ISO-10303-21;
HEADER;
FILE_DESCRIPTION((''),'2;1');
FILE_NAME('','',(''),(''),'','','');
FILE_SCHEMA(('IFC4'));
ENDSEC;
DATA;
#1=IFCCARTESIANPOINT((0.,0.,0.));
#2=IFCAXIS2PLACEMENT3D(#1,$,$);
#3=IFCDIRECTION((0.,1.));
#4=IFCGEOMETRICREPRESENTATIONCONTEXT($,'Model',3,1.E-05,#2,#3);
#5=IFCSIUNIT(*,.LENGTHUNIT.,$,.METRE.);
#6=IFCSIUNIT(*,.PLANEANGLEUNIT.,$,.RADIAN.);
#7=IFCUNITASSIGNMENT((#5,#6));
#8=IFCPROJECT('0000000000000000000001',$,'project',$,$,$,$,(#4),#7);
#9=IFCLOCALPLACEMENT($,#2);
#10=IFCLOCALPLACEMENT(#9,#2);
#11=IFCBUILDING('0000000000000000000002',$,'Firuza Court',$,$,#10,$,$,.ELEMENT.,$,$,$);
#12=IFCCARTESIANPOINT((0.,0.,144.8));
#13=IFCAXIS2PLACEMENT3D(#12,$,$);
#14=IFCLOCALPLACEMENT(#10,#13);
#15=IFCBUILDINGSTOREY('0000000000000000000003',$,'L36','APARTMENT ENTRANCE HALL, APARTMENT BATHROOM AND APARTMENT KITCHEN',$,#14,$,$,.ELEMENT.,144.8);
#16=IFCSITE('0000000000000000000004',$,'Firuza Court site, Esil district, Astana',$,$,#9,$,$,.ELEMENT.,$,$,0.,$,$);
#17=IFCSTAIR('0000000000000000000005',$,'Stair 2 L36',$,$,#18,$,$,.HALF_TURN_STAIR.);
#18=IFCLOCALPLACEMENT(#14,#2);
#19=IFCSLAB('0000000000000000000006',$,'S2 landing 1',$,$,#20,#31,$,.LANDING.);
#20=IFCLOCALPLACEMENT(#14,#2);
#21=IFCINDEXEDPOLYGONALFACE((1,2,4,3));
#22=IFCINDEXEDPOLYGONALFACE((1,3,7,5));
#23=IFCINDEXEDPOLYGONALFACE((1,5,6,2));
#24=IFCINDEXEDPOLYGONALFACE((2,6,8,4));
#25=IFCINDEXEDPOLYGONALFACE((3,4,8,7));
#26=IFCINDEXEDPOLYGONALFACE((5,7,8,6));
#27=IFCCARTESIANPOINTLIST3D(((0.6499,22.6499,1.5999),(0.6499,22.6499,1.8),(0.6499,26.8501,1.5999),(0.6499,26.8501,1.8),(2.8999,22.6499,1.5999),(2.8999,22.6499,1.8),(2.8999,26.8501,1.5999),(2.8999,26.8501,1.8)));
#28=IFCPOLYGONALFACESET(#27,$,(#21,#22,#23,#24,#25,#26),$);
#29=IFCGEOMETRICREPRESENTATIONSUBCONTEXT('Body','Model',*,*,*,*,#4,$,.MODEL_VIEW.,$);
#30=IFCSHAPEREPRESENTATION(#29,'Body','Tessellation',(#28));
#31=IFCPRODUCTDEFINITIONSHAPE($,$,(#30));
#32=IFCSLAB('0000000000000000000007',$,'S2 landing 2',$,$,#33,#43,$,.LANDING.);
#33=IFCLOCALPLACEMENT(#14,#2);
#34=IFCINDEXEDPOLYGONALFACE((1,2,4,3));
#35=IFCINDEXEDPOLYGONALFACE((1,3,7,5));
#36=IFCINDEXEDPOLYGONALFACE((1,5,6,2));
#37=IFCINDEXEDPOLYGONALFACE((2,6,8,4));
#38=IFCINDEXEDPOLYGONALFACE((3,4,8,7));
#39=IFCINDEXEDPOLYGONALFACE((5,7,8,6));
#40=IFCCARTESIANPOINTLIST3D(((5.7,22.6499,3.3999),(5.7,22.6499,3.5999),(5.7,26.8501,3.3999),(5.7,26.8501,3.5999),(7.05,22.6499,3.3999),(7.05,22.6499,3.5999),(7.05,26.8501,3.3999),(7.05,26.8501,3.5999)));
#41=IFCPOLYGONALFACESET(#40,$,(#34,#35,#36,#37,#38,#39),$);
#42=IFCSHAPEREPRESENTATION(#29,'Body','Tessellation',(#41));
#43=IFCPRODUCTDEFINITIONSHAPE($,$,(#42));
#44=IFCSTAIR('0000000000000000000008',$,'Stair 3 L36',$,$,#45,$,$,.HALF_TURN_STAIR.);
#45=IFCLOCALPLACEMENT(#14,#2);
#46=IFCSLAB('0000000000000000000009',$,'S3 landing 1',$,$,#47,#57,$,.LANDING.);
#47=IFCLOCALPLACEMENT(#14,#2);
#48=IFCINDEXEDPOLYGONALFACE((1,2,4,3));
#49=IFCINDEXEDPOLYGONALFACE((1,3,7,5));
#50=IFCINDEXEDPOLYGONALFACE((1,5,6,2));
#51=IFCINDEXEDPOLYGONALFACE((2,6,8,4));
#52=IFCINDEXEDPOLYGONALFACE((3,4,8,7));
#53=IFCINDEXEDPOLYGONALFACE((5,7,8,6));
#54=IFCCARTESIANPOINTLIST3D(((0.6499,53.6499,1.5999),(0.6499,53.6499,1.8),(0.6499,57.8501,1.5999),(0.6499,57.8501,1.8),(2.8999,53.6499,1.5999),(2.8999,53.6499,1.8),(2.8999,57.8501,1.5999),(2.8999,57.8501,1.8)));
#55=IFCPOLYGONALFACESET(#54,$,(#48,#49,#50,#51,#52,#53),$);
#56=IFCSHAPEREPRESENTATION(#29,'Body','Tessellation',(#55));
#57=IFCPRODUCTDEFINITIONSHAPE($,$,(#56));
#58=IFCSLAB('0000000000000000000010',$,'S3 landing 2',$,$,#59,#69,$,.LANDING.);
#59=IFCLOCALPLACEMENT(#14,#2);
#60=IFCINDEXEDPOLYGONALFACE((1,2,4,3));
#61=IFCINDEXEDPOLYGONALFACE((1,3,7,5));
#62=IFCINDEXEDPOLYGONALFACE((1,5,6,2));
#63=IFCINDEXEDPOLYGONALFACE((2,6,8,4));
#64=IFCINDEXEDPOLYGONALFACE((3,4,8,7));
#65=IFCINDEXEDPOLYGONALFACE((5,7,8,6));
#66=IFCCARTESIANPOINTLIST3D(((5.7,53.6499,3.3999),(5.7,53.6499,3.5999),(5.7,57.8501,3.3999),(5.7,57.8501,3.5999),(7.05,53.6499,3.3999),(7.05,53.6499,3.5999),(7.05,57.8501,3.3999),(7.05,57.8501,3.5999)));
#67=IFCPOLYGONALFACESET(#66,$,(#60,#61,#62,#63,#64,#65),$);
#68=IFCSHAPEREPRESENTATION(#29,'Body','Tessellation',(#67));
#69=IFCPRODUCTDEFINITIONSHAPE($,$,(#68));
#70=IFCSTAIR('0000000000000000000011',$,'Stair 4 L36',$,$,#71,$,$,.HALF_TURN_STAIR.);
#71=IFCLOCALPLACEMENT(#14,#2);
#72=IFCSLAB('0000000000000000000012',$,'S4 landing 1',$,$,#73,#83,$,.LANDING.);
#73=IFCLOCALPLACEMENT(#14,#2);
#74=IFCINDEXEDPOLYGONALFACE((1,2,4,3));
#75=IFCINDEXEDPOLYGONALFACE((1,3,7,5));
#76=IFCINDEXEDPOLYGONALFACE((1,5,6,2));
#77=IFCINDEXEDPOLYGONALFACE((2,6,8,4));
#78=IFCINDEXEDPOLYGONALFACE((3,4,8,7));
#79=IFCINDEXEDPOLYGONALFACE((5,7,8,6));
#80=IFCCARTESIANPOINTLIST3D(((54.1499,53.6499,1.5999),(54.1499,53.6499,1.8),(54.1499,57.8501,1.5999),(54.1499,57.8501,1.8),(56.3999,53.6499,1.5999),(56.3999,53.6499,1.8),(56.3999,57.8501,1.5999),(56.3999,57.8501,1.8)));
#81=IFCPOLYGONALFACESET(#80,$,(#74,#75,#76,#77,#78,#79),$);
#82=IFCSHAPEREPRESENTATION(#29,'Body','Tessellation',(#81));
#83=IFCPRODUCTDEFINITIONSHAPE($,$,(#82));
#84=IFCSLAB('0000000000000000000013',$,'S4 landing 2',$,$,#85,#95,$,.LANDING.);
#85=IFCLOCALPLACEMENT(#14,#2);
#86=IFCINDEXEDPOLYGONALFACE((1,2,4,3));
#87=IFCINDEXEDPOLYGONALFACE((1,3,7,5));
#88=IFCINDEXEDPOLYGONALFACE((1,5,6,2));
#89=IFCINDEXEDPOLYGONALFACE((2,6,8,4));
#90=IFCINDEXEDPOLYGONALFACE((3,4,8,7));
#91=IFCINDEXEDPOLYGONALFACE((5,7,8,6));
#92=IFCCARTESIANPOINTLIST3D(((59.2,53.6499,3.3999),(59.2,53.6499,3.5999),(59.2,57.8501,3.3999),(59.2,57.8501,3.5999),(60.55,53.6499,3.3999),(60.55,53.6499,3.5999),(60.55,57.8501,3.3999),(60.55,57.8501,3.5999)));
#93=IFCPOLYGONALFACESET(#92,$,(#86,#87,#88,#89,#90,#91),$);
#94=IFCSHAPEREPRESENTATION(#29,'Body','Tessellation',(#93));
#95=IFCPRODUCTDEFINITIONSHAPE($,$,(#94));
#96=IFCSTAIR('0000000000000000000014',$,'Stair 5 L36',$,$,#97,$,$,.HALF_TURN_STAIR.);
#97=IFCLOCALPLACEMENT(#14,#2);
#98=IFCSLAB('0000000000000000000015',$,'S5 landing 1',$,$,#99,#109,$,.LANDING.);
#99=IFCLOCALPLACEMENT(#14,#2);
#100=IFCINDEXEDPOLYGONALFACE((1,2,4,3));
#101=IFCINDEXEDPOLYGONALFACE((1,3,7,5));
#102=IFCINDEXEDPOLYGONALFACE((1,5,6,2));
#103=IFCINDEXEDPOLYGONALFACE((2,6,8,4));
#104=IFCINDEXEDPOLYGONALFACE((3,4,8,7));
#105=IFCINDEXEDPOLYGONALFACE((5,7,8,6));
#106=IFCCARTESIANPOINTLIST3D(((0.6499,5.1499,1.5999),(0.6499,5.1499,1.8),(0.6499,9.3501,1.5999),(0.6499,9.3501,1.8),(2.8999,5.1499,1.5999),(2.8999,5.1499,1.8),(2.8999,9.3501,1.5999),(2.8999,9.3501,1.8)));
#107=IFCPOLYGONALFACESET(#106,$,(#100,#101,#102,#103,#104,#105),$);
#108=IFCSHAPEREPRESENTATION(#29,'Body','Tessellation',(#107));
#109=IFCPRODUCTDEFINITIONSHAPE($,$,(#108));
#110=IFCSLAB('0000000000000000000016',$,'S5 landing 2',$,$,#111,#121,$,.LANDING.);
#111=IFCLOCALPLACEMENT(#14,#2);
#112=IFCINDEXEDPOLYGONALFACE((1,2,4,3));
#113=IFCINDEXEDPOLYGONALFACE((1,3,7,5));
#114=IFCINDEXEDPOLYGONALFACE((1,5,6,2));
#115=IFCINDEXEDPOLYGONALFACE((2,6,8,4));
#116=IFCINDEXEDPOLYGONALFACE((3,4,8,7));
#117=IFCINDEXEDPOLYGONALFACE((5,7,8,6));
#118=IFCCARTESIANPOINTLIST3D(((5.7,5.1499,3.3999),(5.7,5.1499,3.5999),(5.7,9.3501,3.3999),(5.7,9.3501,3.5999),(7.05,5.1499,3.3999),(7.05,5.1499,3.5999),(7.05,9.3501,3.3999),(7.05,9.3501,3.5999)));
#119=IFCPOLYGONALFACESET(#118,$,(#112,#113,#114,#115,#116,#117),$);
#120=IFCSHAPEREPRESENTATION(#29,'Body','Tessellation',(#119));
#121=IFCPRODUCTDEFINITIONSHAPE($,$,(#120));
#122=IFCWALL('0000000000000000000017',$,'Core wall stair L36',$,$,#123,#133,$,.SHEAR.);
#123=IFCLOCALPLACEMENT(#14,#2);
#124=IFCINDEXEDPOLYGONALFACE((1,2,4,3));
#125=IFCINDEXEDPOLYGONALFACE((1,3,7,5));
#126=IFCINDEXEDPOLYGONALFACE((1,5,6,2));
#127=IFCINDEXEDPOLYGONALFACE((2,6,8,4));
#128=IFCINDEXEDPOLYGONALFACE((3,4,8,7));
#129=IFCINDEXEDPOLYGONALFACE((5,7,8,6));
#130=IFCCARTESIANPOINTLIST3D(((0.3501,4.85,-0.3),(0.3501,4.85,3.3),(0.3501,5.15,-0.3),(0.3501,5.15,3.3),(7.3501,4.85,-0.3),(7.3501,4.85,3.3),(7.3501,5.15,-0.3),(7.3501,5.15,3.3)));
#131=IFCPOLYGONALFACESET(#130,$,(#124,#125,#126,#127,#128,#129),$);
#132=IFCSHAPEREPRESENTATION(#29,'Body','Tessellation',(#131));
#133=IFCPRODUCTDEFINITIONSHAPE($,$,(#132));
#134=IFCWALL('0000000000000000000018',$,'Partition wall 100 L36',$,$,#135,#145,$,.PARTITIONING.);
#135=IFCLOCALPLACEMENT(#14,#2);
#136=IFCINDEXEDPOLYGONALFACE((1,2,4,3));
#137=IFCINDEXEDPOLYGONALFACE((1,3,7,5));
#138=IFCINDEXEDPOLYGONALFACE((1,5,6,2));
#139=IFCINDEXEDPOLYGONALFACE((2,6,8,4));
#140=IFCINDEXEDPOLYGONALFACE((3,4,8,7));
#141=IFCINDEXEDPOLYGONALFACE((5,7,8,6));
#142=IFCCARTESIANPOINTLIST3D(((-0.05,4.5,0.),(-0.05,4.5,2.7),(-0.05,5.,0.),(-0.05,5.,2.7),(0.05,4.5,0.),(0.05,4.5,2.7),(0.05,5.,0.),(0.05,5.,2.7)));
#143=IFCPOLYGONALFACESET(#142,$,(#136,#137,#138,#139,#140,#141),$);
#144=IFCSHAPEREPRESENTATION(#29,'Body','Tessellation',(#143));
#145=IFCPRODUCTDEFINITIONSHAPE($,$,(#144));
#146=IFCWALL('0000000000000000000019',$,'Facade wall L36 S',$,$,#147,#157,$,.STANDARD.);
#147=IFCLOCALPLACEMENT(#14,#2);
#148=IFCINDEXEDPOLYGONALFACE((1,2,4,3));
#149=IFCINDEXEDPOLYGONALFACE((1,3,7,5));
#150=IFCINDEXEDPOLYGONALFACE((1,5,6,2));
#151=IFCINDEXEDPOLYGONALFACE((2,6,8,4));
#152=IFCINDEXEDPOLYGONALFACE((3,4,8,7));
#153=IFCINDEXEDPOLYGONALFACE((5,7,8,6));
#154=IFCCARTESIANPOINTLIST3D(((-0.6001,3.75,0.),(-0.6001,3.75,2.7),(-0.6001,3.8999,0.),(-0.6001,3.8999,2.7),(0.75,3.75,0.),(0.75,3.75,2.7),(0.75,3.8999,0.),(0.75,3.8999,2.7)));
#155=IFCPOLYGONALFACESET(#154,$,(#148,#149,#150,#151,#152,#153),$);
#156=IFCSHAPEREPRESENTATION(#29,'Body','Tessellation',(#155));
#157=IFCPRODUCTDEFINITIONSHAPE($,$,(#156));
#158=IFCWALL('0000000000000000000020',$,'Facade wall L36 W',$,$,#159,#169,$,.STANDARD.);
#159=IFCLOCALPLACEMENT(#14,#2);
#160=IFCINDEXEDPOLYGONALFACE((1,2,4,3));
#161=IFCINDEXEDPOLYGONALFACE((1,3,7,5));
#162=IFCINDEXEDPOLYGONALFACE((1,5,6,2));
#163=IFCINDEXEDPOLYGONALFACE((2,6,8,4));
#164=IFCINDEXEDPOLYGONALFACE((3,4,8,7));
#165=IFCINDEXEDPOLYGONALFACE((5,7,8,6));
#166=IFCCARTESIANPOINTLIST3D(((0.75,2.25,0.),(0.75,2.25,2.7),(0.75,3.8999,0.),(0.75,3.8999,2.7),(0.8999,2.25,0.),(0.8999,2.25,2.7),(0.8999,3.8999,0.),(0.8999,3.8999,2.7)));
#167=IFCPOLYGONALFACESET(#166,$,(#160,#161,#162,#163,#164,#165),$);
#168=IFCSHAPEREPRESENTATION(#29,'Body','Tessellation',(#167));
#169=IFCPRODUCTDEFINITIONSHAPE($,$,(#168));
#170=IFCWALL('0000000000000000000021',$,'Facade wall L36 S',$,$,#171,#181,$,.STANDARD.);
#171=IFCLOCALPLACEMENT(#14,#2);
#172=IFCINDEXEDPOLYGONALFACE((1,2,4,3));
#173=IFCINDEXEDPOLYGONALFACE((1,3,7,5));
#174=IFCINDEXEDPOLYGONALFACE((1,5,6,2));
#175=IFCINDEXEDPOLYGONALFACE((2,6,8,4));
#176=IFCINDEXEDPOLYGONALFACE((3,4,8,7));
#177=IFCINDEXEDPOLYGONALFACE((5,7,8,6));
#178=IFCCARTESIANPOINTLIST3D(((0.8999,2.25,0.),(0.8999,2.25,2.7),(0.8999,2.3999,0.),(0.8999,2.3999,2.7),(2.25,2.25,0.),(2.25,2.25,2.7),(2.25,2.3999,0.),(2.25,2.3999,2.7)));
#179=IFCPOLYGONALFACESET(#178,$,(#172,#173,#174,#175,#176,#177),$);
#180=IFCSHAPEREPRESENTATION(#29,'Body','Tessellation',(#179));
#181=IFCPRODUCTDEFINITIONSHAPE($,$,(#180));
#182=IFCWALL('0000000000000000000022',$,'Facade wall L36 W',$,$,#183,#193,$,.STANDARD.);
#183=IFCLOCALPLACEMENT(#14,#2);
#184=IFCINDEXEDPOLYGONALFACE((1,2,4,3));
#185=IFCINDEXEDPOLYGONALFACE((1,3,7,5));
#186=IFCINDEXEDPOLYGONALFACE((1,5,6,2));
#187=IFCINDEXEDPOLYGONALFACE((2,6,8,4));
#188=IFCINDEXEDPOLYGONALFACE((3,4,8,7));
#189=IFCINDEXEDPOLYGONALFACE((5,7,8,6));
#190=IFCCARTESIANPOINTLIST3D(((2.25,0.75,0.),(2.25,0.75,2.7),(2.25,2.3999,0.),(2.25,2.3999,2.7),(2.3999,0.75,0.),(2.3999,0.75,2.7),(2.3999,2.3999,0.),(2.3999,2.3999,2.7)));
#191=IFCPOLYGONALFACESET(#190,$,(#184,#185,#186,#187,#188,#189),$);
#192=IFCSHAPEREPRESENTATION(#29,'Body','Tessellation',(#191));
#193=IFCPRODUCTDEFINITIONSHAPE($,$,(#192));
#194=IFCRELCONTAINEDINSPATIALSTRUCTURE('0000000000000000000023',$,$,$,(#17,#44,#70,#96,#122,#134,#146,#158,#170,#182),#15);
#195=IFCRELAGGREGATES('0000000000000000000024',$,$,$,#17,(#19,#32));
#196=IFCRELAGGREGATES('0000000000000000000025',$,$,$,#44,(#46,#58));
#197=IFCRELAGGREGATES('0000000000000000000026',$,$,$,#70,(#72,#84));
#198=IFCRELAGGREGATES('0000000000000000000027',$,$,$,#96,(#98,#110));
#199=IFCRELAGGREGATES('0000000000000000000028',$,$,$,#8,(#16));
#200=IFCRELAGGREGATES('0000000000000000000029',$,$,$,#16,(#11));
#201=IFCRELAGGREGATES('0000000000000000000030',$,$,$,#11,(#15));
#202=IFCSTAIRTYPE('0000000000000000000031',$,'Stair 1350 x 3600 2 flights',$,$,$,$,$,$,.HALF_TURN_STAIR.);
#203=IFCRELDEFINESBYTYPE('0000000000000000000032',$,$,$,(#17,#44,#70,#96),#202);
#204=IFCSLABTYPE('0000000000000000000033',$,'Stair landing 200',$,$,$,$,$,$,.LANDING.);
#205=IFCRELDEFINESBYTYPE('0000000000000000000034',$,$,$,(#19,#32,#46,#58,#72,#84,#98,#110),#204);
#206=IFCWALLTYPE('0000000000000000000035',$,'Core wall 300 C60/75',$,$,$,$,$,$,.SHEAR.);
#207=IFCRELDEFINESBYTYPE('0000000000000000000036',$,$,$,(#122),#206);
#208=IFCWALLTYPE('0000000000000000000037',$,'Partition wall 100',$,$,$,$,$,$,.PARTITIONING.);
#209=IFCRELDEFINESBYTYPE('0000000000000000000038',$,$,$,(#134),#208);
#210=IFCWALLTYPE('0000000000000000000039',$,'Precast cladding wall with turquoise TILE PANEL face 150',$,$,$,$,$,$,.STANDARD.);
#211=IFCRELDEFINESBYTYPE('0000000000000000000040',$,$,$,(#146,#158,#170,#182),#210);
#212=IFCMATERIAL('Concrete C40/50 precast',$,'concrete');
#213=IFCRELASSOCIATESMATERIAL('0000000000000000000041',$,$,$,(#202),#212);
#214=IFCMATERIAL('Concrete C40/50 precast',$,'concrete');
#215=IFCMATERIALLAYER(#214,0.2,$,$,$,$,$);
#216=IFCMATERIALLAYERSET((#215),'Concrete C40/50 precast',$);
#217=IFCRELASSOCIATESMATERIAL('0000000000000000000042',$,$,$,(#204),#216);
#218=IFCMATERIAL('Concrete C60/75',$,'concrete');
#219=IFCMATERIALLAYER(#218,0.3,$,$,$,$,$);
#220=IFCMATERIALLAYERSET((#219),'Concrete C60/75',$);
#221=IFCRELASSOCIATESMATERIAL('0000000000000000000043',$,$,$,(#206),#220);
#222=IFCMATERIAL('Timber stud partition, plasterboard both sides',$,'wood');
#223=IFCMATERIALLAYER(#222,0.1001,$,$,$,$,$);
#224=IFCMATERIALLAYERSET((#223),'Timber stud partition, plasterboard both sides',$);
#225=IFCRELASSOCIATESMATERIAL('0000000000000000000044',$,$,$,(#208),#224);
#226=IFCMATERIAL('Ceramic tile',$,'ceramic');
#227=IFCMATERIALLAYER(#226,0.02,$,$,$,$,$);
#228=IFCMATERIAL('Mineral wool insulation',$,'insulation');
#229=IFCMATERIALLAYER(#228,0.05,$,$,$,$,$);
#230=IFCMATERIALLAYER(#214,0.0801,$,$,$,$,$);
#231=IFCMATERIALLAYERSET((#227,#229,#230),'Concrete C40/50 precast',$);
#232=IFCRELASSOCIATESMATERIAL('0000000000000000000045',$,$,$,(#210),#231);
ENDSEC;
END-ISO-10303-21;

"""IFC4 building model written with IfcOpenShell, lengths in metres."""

from ifc_helpers import new_model, si_unit, direction, frame, frame_2d, origin, place, context, subcontext, project, spatial, polyline, rectangle, outline, extrude, material, layer, layer_set, type_object, element, aggregate, save


model = new_model("IFC4")

# Units and contexts
model_context = context("Model", 3, precision=1e-05, world=origin(), true_north=direction((0.0, 1.0)))
body_context = subcontext(model_context, "Body", "Model", "MODEL_VIEW")
ifc_project = project(units=[si_unit("LENGTHUNIT", "METRE"), si_unit("PLANEANGLEUNIT", "RADIAN")], contexts=[model_context])

# Site, building, storey
site_placement = place(None, origin())
site = spatial("IfcSite", under=ifc_project, at=site_placement, Name="Firuza Court site, Esil district, Astana", CompositionType="ELEMENT", RefElevation=0.0)
building_placement = place(site_placement, origin())
building = spatial("IfcBuilding", under=site, at=building_placement, Name="Firuza Court", CompositionType="ELEMENT")
storey_placement = place(building_placement, frame((0.0, 0.0, 144.8)))
storey = spatial("IfcBuildingStorey", under=building, at=storey_placement, Name="L36", Description="APARTMENT ENTRANCE HALL, APARTMENT BATHROOM AND APARTMENT KITCHEN", CompositionType="ELEMENT", Elevation=144.8)

# Stairs, slabs
ifc_material_1 = material(Name="Concrete C40/50 precast", Category="concrete")
stair_type = type_object("IfcStairType", Name="Stair 1350 x 3600 2 flights", PredefinedType="HALF_TURN_STAIR", material=ifc_material_1)
ifc_material_2 = material(Name="Concrete C40/50 precast", Category="concrete")
ifc_layer_1 = layer(ifc_material_2, 0.2)
ifc_layer_set_1 = layer_set([ifc_layer_1], Name="Concrete C40/50 precast")
slab_type_1 = type_object("IfcSlabType", Name="Stair landing 200", PredefinedType="LANDING", material=ifc_layer_set_1)
stair_1_placement = place(storey_placement, origin())
stair_1 = element("IfcStair", 1, at=stair_1_placement, inside=storey, type_object=stair_type, Name="Stair 2 L36", PredefinedType="HALF_TURN_STAIR")
slab_1_placement = place(storey_placement, frame((0.0, 0.0, 1.5999)))
slab_1 = element("IfcSlab", 2, at=slab_1_placement, type_object=slab_type_1, Name="S2 landing 1", PredefinedType="LANDING", context=body_context, shape_type="SweptSolid", body=[
    extrude(outline(polyline([(2.8999, 22.6499), (2.8999, 26.8501), (0.6499, 26.8501), (0.6499, 22.6499), (2.8999, 22.6499)])), origin(), (0.0, 0.0, 1.0), 0.2002),
])
slab_2_placement = place(storey_placement, frame((0.0, 0.0, 3.3999)))
slab_2 = element("IfcSlab", 3, at=slab_2_placement, type_object=slab_type_1, Name="S2 landing 2", PredefinedType="LANDING", context=body_context, shape_type="SweptSolid", body=[
    extrude(outline(polyline([(7.05, 22.6499), (7.05, 26.8501), (5.7, 26.8501), (5.7, 22.6499), (7.05, 22.6499)])), origin(), (0.0, 0.0, 1.0), 0.2),
])
aggregate(stair_1, [slab_1, slab_2])
stair_2_placement = place(storey_placement, origin())
stair_2 = element("IfcStair", 4, at=stair_2_placement, inside=storey, type_object=stair_type, Name="Stair 3 L36", PredefinedType="HALF_TURN_STAIR")
slab_3_placement = place(storey_placement, frame((0.0, 0.0, 1.5999)))
slab_3 = element("IfcSlab", 5, at=slab_3_placement, type_object=slab_type_1, Name="S3 landing 1", PredefinedType="LANDING", context=body_context, shape_type="SweptSolid", body=[
    extrude(outline(polyline([(2.8999, 53.6499), (2.8999, 57.8501), (0.6499, 57.8501), (0.6499, 53.6499), (2.8999, 53.6499)])), origin(), (0.0, 0.0, 1.0), 0.2002),
])
slab_4_placement = place(storey_placement, frame((0.0, 0.0, 3.3999)))
slab_4 = element("IfcSlab", 6, at=slab_4_placement, type_object=slab_type_1, Name="S3 landing 2", PredefinedType="LANDING", context=body_context, shape_type="SweptSolid", body=[
    extrude(outline(polyline([(7.05, 53.6499), (7.05, 57.8501), (5.7, 57.8501), (5.7, 53.6499), (7.05, 53.6499)])), origin(), (0.0, 0.0, 1.0), 0.2),
])
aggregate(stair_2, [slab_3, slab_4])
stair_3_placement = place(storey_placement, origin())
stair_3 = element("IfcStair", 7, at=stair_3_placement, inside=storey, type_object=stair_type, Name="Stair 4 L36", PredefinedType="HALF_TURN_STAIR")
slab_5_placement = place(storey_placement, frame((0.0, 0.0, 1.5999)))
slab_5 = element("IfcSlab", 8, at=slab_5_placement, type_object=slab_type_1, Name="S4 landing 1", PredefinedType="LANDING", context=body_context, shape_type="SweptSolid", body=[
    extrude(outline(polyline([(56.3999, 53.6499), (56.3999, 57.8501), (54.1499, 57.8501), (54.1499, 53.6499), (56.3999, 53.6499)])), origin(), (0.0, 0.0, 1.0), 0.2002),
])
slab_6_placement = place(storey_placement, frame((0.0, 0.0, 3.3999)))
slab_6 = element("IfcSlab", 9, at=slab_6_placement, type_object=slab_type_1, Name="S4 landing 2", PredefinedType="LANDING", context=body_context, shape_type="SweptSolid", body=[
    extrude(outline(polyline([(60.55, 53.6499), (60.55, 57.8501), (59.2, 57.8501), (59.2, 53.6499), (60.55, 53.6499)])), origin(), (0.0, 0.0, 1.0), 0.2),
])
aggregate(stair_3, [slab_5, slab_6])
stair_4_placement = place(storey_placement, origin())
stair_4 = element("IfcStair", 10, at=stair_4_placement, inside=storey, type_object=stair_type, Name="Stair 5 L36", PredefinedType="HALF_TURN_STAIR")
slab_7_placement = place(storey_placement, frame((0.0, 0.0, 1.5999)))
slab_7 = element("IfcSlab", 11, at=slab_7_placement, type_object=slab_type_1, Name="S5 landing 1", PredefinedType="LANDING", context=body_context, shape_type="SweptSolid", body=[
    extrude(outline(polyline([(2.8999, 5.1499), (2.8999, 9.3501), (0.6499, 9.3501), (0.6499, 5.1499), (2.8999, 5.1499)])), origin(), (0.0, 0.0, 1.0), 0.2002),
])
slab_8_placement = place(storey_placement, frame((0.0, 0.0, 3.3999)))
slab_8 = element("IfcSlab", 12, at=slab_8_placement, type_object=slab_type_1, Name="S5 landing 2", PredefinedType="LANDING", context=body_context, shape_type="SweptSolid", body=[
    extrude(outline(polyline([(7.05, 5.1499), (7.05, 9.3501), (5.7, 9.3501), (5.7, 5.1499), (7.05, 5.1499)])), origin(), (0.0, 0.0, 1.0), 0.2),
])
aggregate(stair_4, [slab_7, slab_8])

# Walls
ifc_material_3 = material(Name="Concrete C60/75", Category="concrete")
ifc_layer_2 = layer(ifc_material_3, 0.3)
ifc_layer_set_2 = layer_set([ifc_layer_2], Name="Concrete C60/75")
wall_type_1 = type_object("IfcWallType", Name="Core wall 300 C60/75", PredefinedType="SHEAR", material=ifc_layer_set_2)
wall_1_placement = place(storey_placement, frame((0.3501, 5.0, -0.3), z_axis=(0.0, 0.0, 1.0), x_axis=(1.0, 0.0, 0.0)))
element("IfcWall", 13, at=wall_1_placement, inside=storey, type_object=wall_type_1, Name="Core wall stair L36", PredefinedType="SHEAR", context=body_context, shape_type="SweptSolid", body=[
    extrude(rectangle(XDim=7.0, YDim=0.3, at=frame_2d((3.5, 0.0))), origin(), (0.0, 0.0, 1.0), 3.6001),
])
ifc_material_4 = material(Name="Timber stud partition, plasterboard both sides", Category="wood")
ifc_layer_3 = layer(ifc_material_4, 0.1001)
ifc_layer_set_3 = layer_set([ifc_layer_3], Name="Timber stud partition, plasterboard both sides")
wall_type_2 = type_object("IfcWallType", Name="Partition wall 100", PredefinedType="PARTITIONING", material=ifc_layer_set_3)
wall_2_placement = place(storey_placement, frame((0.0, 4.5, 0.0), z_axis=(0.0, 0.0, 1.0), x_axis=(0.0, 1.0, 0.0)))
element("IfcWall", 14, at=wall_2_placement, inside=storey, type_object=wall_type_2, Name="Partition wall 100 L36", PredefinedType="PARTITIONING", context=body_context, shape_type="SweptSolid", body=[
    extrude(rectangle(XDim=0.5, YDim=0.1001, at=frame_2d((0.25, 0.0))), origin(), (0.0, 0.0, 1.0), 2.7),
])
ifc_material_5 = material(Name="Ceramic tile", Category="ceramic")
ifc_layer_4 = layer(ifc_material_5, 0.02)
ifc_material_6 = material(Name="Mineral wool insulation", Category="insulation")
ifc_layer_5 = layer(ifc_material_6, 0.05)
ifc_layer_6 = layer(ifc_material_2, 0.0801)
ifc_layer_set_4 = layer_set([ifc_layer_4, ifc_layer_5, ifc_layer_6], Name="Concrete C40/50 precast")
wall_type_3 = type_object("IfcWallType", Name="Precast cladding wall with turquoise TILE PANEL face 150", PredefinedType="STANDARD", material=ifc_layer_set_4)
wall_3_placement = place(storey_placement, frame((-0.6001, 3.825, 0.0), z_axis=(0.0, 0.0, 1.0), x_axis=(1.0, 0.0, 0.0)))
element("IfcWall", 15, at=wall_3_placement, inside=storey, type_object=wall_type_3, Name="Facade wall L36 S", PredefinedType="STANDARD", context=body_context, shape_type="SweptSolid", body=[
    extrude(rectangle(XDim=1.3501, YDim=0.1499, at=frame_2d((0.675, 0.0))), origin(), (0.0, 0.0, 1.0), 2.7),
])
wall_4_placement = place(storey_placement, frame((0.825, 3.8999, 0.0), z_axis=(0.0, 0.0, 1.0), x_axis=(0.0, -1.0, 0.0)))
element("IfcWall", 16, at=wall_4_placement, inside=storey, type_object=wall_type_3, Name="Facade wall L36 W", PredefinedType="STANDARD", context=body_context, shape_type="SweptSolid", body=[
    extrude(rectangle(XDim=1.6499, YDim=0.1499, at=frame_2d((0.825, 0.0))), origin(), (0.0, 0.0, 1.0), 2.7),
])
wall_5_placement = place(storey_placement, frame((0.8999, 2.325, 0.0), z_axis=(0.0, 0.0, 1.0), x_axis=(1.0, 0.0, 0.0)))
element("IfcWall", 17, at=wall_5_placement, inside=storey, type_object=wall_type_3, Name="Facade wall L36 S", PredefinedType="STANDARD", context=body_context, shape_type="SweptSolid", body=[
    extrude(rectangle(XDim=1.3501, YDim=0.1499, at=frame_2d((0.675, 0.0))), origin(), (0.0, 0.0, 1.0), 2.7),
])
wall_6_placement = place(storey_placement, frame((2.325, 2.3999, 0.0), z_axis=(0.0, 0.0, 1.0), x_axis=(0.0, -1.0, 0.0)))
element("IfcWall", 18, at=wall_6_placement, inside=storey, type_object=wall_type_3, Name="Facade wall L36 W", PredefinedType="STANDARD", context=body_context, shape_type="SweptSolid", body=[
    extrude(rectangle(XDim=1.6499, YDim=0.1499, at=frame_2d((0.825, 0.0))), origin(), (0.0, 0.0, 1.0), 2.7),
])

save(model, "model.ifc")
